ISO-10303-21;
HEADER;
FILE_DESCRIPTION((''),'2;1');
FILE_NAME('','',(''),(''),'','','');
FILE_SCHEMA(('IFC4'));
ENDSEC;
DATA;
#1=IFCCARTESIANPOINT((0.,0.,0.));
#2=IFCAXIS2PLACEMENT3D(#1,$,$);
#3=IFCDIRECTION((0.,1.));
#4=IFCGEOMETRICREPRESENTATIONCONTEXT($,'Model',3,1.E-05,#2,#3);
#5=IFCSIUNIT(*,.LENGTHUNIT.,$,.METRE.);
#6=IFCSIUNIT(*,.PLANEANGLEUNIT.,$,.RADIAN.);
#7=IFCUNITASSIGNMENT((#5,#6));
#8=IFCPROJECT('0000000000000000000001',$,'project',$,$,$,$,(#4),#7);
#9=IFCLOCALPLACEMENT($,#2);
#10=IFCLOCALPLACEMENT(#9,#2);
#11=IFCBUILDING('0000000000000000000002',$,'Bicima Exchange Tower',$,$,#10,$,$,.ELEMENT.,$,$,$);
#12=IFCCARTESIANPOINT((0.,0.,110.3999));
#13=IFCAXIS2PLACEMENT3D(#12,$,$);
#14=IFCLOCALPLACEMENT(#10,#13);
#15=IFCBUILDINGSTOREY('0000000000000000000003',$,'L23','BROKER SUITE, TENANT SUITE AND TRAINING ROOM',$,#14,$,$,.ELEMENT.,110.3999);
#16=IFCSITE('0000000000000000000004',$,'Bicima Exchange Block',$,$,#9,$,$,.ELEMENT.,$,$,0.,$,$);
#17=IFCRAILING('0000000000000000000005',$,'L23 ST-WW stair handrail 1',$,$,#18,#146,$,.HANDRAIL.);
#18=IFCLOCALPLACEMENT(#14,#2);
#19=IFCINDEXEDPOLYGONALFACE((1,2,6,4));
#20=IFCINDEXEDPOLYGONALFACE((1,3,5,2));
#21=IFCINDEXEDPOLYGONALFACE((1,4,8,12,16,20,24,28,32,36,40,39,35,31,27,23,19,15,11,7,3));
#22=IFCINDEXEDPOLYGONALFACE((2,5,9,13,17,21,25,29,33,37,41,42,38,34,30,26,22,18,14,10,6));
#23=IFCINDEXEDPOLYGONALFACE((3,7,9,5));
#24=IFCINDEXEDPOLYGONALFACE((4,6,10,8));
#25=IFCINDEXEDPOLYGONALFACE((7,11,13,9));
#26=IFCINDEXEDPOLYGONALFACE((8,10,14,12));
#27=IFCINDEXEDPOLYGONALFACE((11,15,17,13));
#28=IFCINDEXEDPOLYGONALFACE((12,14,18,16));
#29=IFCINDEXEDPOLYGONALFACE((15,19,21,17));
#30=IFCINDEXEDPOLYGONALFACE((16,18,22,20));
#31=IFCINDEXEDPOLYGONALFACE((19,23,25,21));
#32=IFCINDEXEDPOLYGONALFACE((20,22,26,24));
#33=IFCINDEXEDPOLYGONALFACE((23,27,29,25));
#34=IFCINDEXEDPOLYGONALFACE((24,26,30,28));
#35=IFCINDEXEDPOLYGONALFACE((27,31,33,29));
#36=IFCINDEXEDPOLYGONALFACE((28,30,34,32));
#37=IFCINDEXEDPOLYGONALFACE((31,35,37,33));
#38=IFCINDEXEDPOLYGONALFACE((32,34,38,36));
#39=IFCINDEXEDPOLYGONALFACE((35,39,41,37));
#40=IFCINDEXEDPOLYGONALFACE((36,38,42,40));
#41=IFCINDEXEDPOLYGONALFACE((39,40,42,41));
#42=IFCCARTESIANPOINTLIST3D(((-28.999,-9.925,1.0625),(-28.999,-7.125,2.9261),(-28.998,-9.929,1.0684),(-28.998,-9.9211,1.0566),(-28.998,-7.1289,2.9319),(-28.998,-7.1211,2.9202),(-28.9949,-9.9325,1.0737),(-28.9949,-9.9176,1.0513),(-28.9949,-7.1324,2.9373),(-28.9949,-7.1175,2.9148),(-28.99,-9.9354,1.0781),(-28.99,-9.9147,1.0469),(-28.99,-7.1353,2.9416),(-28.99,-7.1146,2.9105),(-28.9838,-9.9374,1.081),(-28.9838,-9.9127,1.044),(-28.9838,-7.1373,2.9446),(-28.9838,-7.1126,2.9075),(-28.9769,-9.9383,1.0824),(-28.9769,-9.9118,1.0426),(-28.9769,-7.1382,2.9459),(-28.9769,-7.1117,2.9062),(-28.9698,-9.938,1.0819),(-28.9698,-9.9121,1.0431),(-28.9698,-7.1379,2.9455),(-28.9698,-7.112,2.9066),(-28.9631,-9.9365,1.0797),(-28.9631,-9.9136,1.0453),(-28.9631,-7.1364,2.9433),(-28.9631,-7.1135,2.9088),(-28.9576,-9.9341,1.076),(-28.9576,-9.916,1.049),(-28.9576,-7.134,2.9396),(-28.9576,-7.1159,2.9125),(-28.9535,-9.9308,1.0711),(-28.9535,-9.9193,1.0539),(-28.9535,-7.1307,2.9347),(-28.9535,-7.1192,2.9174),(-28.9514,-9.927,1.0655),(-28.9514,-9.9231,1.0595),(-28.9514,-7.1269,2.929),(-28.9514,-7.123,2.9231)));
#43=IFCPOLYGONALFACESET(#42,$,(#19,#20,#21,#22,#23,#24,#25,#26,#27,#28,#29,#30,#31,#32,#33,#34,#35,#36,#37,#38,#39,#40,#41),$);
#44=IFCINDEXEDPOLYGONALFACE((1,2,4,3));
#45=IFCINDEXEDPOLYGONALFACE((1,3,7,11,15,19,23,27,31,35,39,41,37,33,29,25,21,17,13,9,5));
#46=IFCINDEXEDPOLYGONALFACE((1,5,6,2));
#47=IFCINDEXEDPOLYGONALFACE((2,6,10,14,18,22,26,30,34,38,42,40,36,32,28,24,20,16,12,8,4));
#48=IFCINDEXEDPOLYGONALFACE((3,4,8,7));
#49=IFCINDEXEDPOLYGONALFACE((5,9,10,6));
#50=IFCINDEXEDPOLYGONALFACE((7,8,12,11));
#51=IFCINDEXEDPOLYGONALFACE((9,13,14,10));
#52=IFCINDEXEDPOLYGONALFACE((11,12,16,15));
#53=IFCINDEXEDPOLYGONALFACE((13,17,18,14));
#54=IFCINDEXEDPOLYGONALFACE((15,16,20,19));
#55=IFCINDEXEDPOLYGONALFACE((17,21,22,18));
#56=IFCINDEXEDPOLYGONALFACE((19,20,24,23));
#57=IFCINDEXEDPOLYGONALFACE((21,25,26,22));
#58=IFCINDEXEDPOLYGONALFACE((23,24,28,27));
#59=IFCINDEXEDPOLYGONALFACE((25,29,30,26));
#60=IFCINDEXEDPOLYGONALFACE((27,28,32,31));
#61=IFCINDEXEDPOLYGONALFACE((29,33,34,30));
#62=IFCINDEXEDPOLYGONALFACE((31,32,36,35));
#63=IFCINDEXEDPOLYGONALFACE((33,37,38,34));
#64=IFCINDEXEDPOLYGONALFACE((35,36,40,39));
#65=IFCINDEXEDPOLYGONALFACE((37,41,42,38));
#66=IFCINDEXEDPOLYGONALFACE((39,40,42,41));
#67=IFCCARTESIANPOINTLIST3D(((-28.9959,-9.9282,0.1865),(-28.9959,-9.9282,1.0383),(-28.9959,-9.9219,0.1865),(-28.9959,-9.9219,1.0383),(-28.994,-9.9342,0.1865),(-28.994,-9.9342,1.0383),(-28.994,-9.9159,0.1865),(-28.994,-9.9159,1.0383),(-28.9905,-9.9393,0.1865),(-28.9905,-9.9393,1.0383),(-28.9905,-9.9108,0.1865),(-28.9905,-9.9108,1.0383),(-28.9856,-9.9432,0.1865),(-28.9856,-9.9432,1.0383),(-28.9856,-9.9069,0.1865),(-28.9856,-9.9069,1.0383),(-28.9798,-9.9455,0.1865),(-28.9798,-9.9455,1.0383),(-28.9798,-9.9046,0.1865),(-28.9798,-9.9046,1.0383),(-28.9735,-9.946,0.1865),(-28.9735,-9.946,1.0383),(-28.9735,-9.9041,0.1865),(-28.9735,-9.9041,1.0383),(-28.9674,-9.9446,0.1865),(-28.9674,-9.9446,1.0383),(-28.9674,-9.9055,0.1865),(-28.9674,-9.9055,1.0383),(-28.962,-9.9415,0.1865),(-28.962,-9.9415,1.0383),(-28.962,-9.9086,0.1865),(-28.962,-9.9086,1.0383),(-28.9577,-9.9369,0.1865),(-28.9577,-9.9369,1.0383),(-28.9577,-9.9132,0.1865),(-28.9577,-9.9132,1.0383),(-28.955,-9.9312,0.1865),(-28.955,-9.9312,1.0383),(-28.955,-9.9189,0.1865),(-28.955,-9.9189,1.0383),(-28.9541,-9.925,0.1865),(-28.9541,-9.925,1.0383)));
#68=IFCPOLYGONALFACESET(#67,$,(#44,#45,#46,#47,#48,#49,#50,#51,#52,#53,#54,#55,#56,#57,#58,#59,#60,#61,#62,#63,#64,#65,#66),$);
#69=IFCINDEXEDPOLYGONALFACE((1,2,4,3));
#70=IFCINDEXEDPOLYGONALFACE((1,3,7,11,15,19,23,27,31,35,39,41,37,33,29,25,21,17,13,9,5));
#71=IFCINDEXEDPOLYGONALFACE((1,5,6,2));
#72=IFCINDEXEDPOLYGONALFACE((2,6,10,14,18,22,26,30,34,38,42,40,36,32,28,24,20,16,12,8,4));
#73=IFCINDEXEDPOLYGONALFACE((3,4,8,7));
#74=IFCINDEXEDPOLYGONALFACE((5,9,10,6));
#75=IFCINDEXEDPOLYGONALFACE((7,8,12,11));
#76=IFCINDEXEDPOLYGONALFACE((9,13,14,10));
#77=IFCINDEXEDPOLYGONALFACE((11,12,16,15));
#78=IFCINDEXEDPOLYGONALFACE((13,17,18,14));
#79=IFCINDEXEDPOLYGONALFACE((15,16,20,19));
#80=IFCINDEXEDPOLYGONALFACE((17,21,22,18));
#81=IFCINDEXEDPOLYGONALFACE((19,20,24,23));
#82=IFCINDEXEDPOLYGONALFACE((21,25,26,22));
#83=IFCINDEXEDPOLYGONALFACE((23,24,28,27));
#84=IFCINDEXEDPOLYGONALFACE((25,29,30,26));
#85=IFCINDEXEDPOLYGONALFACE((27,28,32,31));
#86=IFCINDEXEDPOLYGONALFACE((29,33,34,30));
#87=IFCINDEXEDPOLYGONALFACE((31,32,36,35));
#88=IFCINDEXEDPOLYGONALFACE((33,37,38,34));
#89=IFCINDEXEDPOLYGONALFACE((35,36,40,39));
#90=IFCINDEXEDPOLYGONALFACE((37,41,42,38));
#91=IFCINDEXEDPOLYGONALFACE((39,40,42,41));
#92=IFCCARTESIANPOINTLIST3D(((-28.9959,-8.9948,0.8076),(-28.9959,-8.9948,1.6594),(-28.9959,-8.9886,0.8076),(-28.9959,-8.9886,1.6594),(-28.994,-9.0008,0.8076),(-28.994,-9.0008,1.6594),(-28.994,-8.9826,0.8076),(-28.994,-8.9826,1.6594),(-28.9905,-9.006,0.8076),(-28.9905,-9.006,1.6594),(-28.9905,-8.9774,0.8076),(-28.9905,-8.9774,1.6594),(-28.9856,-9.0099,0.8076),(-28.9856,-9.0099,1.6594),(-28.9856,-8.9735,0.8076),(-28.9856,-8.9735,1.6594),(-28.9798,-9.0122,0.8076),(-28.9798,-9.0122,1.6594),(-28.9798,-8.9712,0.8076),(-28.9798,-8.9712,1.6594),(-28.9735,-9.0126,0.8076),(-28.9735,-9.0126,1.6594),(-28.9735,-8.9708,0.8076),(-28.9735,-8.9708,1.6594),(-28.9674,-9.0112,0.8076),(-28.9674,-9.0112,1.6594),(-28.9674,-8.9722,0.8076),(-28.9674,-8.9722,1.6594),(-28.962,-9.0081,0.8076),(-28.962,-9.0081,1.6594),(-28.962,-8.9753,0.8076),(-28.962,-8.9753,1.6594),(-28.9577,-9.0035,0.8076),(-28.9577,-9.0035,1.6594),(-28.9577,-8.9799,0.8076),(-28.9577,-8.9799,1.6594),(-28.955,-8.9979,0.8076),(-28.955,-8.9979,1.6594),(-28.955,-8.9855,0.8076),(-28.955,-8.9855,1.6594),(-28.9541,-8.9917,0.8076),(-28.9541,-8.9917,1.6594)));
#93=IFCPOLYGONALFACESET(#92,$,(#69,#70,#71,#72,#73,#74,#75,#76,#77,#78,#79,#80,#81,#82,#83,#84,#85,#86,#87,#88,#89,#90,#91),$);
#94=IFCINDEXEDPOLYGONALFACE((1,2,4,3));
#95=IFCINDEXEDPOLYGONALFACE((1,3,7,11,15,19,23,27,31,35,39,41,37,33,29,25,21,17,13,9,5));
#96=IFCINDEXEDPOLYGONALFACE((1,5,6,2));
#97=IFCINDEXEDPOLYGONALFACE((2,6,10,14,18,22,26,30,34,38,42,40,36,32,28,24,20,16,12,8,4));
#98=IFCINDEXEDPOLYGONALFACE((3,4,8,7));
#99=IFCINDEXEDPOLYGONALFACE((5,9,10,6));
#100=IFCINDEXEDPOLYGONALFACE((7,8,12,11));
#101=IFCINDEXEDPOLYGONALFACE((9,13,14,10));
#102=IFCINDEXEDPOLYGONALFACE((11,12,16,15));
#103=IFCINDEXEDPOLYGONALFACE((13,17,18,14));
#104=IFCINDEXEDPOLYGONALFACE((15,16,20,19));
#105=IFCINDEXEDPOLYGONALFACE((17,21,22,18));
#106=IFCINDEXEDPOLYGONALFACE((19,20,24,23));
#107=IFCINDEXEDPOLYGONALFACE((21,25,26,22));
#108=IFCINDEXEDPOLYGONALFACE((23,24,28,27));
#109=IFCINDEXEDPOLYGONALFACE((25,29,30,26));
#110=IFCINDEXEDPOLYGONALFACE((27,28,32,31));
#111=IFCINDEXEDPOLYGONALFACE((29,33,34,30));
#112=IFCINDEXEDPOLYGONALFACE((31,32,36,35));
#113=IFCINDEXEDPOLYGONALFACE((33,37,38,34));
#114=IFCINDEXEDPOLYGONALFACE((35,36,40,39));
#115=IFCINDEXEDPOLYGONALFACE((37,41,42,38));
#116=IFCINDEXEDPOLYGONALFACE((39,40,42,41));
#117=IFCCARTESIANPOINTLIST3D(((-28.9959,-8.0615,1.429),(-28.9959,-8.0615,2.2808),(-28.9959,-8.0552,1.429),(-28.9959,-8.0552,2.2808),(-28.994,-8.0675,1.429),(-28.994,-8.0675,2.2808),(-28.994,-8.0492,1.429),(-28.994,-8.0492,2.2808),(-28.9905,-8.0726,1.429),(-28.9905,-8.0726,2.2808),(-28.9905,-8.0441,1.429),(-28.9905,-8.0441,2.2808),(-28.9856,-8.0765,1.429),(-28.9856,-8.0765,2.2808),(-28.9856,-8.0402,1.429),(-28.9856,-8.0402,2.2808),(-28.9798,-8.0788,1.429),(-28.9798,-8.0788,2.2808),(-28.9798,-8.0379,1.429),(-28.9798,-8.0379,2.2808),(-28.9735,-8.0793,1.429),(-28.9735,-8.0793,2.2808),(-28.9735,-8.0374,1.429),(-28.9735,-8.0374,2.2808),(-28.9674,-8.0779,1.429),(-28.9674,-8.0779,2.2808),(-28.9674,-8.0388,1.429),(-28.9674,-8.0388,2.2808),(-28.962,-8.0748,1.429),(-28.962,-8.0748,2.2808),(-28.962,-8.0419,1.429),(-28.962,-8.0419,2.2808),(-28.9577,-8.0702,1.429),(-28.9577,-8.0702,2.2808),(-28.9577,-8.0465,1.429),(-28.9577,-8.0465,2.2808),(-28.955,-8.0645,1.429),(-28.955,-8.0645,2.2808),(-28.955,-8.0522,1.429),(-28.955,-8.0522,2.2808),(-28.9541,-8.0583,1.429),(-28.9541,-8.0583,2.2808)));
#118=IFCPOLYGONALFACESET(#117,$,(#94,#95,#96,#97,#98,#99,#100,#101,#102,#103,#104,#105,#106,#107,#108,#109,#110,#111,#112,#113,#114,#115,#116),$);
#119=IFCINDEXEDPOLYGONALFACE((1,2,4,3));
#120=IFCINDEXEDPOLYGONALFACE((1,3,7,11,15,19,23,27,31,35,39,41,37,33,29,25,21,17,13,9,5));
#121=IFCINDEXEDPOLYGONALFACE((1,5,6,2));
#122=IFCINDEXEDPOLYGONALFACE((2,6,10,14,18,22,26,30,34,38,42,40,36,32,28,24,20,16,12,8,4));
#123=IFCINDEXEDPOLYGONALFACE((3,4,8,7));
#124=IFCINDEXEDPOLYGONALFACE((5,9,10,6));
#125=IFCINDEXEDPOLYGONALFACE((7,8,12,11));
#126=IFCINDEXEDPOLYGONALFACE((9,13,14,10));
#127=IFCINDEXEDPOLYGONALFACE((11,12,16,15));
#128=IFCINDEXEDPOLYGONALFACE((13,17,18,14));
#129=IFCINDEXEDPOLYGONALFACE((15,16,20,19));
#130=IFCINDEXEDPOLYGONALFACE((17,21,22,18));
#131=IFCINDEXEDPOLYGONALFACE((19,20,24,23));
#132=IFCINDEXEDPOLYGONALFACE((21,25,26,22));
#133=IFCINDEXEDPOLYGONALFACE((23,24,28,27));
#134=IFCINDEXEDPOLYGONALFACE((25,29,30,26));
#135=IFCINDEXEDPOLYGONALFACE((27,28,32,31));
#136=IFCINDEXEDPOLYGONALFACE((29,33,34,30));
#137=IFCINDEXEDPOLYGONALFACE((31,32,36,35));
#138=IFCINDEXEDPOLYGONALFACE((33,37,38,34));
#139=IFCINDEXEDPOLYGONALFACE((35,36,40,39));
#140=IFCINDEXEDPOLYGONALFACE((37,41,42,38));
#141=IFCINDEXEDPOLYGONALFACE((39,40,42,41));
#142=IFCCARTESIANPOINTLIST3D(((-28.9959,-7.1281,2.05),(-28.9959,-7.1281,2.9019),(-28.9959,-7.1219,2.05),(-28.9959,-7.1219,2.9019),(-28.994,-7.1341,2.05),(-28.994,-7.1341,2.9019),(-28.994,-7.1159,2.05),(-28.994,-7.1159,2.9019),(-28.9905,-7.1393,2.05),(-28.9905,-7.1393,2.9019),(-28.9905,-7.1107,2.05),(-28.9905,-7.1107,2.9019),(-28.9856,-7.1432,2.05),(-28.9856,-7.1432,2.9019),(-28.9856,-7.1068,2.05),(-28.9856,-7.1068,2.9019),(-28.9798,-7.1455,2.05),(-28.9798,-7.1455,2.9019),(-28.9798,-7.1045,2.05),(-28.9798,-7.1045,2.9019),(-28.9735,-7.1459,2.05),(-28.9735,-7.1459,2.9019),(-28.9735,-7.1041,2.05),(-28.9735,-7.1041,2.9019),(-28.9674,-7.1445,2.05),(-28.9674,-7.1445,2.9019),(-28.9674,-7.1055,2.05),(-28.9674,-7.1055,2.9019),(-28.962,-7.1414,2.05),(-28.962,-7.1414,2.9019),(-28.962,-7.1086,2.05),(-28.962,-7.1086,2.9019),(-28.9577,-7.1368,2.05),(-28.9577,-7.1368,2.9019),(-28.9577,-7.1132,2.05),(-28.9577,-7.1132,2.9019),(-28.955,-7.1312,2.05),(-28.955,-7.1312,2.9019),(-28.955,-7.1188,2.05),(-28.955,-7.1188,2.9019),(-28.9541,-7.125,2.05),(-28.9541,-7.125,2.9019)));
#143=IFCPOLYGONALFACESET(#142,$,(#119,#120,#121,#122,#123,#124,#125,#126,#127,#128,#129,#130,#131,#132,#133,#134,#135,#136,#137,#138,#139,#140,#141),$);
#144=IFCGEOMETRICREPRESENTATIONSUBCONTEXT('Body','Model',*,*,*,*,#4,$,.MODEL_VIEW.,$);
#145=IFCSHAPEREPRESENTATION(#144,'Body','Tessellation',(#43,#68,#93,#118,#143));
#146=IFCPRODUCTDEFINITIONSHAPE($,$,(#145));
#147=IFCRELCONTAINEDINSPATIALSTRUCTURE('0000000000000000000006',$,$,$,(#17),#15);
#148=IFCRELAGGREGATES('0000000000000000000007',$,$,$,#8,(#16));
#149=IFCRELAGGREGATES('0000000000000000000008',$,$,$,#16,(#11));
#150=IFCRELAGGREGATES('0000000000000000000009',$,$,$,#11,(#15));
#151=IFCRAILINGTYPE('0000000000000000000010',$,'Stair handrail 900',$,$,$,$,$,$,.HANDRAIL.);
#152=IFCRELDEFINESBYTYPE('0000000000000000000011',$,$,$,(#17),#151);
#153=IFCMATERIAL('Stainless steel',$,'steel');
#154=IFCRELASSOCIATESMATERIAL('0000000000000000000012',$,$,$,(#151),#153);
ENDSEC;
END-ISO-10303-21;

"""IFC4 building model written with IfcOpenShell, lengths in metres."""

from ifc_helpers import new_model, si_unit, direction, frame, origin, origin_2d, place, context, subcontext, project, spatial, circle, extrude, material, type_object, element, save


model = new_model("IFC4")

# Units and contexts
model_context = context("Model", 3, precision=1e-05, world=origin(), true_north=direction((0.0, 1.0)))
body_context = subcontext(model_context, "Body", "Model", "MODEL_VIEW")
ifc_project = project(units=[si_unit("LENGTHUNIT", "METRE"), si_unit("PLANEANGLEUNIT", "RADIAN")], contexts=[model_context])

# Site, building, storey
site_placement = place(None, origin())
site = spatial("IfcSite", under=ifc_project, at=site_placement, Name="Bicima Exchange Block", CompositionType="ELEMENT", RefElevation=0.0)
building_placement = place(site_placement, origin())
building = spatial("IfcBuilding", under=site, at=building_placement, Name="Bicima Exchange Tower", CompositionType="ELEMENT")
storey_placement = place(building_placement, frame((0.0, 0.0, 110.3999)))
storey = spatial("IfcBuildingStorey", under=building, at=storey_placement, Name="L23", Description="BROKER SUITE, TENANT SUITE AND TRAINING ROOM", CompositionType="ELEMENT", Elevation=110.3999)

# Railing
ifc_material_1 = material(Name="Stainless steel", Category="steel")
railing_type = type_object("IfcRailingType", Name="Stair handrail 900", PredefinedType="HANDRAIL", material=ifc_material_1)
railing_1_placement = place(storey_placement, frame((-28.9751, -9.925, 0.1865)))
element("IfcRailing", 1, at=railing_1_placement, inside=storey, type_object=railing_type, Name="L23 ST-WW stair handrail 1", PredefinedType="HANDRAIL", context=body_context, shape_type="SweptSolid", body=[
    extrude(circle(Radius=0.0239, at=origin_2d()), frame((0.0, 0.0, 0.876), z_axis=(0.0, 0.832486, 0.554047), x_axis=(-1.0, 0.0, 0.0)), (0.0, 0.0, 1.0), 3.3635),
    extrude(circle(Radius=0.021, at=origin_2d()), origin(), (0.0, 0.0, 1.0), 0.8518),
    extrude(circle(Radius=0.021, at=origin_2d()), frame((0.0, 0.9333, 0.6211)), (0.0, 0.0, 1.0), 0.8518),
    extrude(circle(Radius=0.021, at=origin_2d()), frame((0.0, 1.8667, 1.2424)), (0.0, 0.0, 1.0), 0.8518),
    extrude(circle(Radius=0.021, at=origin_2d()), frame((0.0, 2.8, 1.8635)), (0.0, 0.0, 1.0), 0.8518),
])

save(model, "model.ifc")
